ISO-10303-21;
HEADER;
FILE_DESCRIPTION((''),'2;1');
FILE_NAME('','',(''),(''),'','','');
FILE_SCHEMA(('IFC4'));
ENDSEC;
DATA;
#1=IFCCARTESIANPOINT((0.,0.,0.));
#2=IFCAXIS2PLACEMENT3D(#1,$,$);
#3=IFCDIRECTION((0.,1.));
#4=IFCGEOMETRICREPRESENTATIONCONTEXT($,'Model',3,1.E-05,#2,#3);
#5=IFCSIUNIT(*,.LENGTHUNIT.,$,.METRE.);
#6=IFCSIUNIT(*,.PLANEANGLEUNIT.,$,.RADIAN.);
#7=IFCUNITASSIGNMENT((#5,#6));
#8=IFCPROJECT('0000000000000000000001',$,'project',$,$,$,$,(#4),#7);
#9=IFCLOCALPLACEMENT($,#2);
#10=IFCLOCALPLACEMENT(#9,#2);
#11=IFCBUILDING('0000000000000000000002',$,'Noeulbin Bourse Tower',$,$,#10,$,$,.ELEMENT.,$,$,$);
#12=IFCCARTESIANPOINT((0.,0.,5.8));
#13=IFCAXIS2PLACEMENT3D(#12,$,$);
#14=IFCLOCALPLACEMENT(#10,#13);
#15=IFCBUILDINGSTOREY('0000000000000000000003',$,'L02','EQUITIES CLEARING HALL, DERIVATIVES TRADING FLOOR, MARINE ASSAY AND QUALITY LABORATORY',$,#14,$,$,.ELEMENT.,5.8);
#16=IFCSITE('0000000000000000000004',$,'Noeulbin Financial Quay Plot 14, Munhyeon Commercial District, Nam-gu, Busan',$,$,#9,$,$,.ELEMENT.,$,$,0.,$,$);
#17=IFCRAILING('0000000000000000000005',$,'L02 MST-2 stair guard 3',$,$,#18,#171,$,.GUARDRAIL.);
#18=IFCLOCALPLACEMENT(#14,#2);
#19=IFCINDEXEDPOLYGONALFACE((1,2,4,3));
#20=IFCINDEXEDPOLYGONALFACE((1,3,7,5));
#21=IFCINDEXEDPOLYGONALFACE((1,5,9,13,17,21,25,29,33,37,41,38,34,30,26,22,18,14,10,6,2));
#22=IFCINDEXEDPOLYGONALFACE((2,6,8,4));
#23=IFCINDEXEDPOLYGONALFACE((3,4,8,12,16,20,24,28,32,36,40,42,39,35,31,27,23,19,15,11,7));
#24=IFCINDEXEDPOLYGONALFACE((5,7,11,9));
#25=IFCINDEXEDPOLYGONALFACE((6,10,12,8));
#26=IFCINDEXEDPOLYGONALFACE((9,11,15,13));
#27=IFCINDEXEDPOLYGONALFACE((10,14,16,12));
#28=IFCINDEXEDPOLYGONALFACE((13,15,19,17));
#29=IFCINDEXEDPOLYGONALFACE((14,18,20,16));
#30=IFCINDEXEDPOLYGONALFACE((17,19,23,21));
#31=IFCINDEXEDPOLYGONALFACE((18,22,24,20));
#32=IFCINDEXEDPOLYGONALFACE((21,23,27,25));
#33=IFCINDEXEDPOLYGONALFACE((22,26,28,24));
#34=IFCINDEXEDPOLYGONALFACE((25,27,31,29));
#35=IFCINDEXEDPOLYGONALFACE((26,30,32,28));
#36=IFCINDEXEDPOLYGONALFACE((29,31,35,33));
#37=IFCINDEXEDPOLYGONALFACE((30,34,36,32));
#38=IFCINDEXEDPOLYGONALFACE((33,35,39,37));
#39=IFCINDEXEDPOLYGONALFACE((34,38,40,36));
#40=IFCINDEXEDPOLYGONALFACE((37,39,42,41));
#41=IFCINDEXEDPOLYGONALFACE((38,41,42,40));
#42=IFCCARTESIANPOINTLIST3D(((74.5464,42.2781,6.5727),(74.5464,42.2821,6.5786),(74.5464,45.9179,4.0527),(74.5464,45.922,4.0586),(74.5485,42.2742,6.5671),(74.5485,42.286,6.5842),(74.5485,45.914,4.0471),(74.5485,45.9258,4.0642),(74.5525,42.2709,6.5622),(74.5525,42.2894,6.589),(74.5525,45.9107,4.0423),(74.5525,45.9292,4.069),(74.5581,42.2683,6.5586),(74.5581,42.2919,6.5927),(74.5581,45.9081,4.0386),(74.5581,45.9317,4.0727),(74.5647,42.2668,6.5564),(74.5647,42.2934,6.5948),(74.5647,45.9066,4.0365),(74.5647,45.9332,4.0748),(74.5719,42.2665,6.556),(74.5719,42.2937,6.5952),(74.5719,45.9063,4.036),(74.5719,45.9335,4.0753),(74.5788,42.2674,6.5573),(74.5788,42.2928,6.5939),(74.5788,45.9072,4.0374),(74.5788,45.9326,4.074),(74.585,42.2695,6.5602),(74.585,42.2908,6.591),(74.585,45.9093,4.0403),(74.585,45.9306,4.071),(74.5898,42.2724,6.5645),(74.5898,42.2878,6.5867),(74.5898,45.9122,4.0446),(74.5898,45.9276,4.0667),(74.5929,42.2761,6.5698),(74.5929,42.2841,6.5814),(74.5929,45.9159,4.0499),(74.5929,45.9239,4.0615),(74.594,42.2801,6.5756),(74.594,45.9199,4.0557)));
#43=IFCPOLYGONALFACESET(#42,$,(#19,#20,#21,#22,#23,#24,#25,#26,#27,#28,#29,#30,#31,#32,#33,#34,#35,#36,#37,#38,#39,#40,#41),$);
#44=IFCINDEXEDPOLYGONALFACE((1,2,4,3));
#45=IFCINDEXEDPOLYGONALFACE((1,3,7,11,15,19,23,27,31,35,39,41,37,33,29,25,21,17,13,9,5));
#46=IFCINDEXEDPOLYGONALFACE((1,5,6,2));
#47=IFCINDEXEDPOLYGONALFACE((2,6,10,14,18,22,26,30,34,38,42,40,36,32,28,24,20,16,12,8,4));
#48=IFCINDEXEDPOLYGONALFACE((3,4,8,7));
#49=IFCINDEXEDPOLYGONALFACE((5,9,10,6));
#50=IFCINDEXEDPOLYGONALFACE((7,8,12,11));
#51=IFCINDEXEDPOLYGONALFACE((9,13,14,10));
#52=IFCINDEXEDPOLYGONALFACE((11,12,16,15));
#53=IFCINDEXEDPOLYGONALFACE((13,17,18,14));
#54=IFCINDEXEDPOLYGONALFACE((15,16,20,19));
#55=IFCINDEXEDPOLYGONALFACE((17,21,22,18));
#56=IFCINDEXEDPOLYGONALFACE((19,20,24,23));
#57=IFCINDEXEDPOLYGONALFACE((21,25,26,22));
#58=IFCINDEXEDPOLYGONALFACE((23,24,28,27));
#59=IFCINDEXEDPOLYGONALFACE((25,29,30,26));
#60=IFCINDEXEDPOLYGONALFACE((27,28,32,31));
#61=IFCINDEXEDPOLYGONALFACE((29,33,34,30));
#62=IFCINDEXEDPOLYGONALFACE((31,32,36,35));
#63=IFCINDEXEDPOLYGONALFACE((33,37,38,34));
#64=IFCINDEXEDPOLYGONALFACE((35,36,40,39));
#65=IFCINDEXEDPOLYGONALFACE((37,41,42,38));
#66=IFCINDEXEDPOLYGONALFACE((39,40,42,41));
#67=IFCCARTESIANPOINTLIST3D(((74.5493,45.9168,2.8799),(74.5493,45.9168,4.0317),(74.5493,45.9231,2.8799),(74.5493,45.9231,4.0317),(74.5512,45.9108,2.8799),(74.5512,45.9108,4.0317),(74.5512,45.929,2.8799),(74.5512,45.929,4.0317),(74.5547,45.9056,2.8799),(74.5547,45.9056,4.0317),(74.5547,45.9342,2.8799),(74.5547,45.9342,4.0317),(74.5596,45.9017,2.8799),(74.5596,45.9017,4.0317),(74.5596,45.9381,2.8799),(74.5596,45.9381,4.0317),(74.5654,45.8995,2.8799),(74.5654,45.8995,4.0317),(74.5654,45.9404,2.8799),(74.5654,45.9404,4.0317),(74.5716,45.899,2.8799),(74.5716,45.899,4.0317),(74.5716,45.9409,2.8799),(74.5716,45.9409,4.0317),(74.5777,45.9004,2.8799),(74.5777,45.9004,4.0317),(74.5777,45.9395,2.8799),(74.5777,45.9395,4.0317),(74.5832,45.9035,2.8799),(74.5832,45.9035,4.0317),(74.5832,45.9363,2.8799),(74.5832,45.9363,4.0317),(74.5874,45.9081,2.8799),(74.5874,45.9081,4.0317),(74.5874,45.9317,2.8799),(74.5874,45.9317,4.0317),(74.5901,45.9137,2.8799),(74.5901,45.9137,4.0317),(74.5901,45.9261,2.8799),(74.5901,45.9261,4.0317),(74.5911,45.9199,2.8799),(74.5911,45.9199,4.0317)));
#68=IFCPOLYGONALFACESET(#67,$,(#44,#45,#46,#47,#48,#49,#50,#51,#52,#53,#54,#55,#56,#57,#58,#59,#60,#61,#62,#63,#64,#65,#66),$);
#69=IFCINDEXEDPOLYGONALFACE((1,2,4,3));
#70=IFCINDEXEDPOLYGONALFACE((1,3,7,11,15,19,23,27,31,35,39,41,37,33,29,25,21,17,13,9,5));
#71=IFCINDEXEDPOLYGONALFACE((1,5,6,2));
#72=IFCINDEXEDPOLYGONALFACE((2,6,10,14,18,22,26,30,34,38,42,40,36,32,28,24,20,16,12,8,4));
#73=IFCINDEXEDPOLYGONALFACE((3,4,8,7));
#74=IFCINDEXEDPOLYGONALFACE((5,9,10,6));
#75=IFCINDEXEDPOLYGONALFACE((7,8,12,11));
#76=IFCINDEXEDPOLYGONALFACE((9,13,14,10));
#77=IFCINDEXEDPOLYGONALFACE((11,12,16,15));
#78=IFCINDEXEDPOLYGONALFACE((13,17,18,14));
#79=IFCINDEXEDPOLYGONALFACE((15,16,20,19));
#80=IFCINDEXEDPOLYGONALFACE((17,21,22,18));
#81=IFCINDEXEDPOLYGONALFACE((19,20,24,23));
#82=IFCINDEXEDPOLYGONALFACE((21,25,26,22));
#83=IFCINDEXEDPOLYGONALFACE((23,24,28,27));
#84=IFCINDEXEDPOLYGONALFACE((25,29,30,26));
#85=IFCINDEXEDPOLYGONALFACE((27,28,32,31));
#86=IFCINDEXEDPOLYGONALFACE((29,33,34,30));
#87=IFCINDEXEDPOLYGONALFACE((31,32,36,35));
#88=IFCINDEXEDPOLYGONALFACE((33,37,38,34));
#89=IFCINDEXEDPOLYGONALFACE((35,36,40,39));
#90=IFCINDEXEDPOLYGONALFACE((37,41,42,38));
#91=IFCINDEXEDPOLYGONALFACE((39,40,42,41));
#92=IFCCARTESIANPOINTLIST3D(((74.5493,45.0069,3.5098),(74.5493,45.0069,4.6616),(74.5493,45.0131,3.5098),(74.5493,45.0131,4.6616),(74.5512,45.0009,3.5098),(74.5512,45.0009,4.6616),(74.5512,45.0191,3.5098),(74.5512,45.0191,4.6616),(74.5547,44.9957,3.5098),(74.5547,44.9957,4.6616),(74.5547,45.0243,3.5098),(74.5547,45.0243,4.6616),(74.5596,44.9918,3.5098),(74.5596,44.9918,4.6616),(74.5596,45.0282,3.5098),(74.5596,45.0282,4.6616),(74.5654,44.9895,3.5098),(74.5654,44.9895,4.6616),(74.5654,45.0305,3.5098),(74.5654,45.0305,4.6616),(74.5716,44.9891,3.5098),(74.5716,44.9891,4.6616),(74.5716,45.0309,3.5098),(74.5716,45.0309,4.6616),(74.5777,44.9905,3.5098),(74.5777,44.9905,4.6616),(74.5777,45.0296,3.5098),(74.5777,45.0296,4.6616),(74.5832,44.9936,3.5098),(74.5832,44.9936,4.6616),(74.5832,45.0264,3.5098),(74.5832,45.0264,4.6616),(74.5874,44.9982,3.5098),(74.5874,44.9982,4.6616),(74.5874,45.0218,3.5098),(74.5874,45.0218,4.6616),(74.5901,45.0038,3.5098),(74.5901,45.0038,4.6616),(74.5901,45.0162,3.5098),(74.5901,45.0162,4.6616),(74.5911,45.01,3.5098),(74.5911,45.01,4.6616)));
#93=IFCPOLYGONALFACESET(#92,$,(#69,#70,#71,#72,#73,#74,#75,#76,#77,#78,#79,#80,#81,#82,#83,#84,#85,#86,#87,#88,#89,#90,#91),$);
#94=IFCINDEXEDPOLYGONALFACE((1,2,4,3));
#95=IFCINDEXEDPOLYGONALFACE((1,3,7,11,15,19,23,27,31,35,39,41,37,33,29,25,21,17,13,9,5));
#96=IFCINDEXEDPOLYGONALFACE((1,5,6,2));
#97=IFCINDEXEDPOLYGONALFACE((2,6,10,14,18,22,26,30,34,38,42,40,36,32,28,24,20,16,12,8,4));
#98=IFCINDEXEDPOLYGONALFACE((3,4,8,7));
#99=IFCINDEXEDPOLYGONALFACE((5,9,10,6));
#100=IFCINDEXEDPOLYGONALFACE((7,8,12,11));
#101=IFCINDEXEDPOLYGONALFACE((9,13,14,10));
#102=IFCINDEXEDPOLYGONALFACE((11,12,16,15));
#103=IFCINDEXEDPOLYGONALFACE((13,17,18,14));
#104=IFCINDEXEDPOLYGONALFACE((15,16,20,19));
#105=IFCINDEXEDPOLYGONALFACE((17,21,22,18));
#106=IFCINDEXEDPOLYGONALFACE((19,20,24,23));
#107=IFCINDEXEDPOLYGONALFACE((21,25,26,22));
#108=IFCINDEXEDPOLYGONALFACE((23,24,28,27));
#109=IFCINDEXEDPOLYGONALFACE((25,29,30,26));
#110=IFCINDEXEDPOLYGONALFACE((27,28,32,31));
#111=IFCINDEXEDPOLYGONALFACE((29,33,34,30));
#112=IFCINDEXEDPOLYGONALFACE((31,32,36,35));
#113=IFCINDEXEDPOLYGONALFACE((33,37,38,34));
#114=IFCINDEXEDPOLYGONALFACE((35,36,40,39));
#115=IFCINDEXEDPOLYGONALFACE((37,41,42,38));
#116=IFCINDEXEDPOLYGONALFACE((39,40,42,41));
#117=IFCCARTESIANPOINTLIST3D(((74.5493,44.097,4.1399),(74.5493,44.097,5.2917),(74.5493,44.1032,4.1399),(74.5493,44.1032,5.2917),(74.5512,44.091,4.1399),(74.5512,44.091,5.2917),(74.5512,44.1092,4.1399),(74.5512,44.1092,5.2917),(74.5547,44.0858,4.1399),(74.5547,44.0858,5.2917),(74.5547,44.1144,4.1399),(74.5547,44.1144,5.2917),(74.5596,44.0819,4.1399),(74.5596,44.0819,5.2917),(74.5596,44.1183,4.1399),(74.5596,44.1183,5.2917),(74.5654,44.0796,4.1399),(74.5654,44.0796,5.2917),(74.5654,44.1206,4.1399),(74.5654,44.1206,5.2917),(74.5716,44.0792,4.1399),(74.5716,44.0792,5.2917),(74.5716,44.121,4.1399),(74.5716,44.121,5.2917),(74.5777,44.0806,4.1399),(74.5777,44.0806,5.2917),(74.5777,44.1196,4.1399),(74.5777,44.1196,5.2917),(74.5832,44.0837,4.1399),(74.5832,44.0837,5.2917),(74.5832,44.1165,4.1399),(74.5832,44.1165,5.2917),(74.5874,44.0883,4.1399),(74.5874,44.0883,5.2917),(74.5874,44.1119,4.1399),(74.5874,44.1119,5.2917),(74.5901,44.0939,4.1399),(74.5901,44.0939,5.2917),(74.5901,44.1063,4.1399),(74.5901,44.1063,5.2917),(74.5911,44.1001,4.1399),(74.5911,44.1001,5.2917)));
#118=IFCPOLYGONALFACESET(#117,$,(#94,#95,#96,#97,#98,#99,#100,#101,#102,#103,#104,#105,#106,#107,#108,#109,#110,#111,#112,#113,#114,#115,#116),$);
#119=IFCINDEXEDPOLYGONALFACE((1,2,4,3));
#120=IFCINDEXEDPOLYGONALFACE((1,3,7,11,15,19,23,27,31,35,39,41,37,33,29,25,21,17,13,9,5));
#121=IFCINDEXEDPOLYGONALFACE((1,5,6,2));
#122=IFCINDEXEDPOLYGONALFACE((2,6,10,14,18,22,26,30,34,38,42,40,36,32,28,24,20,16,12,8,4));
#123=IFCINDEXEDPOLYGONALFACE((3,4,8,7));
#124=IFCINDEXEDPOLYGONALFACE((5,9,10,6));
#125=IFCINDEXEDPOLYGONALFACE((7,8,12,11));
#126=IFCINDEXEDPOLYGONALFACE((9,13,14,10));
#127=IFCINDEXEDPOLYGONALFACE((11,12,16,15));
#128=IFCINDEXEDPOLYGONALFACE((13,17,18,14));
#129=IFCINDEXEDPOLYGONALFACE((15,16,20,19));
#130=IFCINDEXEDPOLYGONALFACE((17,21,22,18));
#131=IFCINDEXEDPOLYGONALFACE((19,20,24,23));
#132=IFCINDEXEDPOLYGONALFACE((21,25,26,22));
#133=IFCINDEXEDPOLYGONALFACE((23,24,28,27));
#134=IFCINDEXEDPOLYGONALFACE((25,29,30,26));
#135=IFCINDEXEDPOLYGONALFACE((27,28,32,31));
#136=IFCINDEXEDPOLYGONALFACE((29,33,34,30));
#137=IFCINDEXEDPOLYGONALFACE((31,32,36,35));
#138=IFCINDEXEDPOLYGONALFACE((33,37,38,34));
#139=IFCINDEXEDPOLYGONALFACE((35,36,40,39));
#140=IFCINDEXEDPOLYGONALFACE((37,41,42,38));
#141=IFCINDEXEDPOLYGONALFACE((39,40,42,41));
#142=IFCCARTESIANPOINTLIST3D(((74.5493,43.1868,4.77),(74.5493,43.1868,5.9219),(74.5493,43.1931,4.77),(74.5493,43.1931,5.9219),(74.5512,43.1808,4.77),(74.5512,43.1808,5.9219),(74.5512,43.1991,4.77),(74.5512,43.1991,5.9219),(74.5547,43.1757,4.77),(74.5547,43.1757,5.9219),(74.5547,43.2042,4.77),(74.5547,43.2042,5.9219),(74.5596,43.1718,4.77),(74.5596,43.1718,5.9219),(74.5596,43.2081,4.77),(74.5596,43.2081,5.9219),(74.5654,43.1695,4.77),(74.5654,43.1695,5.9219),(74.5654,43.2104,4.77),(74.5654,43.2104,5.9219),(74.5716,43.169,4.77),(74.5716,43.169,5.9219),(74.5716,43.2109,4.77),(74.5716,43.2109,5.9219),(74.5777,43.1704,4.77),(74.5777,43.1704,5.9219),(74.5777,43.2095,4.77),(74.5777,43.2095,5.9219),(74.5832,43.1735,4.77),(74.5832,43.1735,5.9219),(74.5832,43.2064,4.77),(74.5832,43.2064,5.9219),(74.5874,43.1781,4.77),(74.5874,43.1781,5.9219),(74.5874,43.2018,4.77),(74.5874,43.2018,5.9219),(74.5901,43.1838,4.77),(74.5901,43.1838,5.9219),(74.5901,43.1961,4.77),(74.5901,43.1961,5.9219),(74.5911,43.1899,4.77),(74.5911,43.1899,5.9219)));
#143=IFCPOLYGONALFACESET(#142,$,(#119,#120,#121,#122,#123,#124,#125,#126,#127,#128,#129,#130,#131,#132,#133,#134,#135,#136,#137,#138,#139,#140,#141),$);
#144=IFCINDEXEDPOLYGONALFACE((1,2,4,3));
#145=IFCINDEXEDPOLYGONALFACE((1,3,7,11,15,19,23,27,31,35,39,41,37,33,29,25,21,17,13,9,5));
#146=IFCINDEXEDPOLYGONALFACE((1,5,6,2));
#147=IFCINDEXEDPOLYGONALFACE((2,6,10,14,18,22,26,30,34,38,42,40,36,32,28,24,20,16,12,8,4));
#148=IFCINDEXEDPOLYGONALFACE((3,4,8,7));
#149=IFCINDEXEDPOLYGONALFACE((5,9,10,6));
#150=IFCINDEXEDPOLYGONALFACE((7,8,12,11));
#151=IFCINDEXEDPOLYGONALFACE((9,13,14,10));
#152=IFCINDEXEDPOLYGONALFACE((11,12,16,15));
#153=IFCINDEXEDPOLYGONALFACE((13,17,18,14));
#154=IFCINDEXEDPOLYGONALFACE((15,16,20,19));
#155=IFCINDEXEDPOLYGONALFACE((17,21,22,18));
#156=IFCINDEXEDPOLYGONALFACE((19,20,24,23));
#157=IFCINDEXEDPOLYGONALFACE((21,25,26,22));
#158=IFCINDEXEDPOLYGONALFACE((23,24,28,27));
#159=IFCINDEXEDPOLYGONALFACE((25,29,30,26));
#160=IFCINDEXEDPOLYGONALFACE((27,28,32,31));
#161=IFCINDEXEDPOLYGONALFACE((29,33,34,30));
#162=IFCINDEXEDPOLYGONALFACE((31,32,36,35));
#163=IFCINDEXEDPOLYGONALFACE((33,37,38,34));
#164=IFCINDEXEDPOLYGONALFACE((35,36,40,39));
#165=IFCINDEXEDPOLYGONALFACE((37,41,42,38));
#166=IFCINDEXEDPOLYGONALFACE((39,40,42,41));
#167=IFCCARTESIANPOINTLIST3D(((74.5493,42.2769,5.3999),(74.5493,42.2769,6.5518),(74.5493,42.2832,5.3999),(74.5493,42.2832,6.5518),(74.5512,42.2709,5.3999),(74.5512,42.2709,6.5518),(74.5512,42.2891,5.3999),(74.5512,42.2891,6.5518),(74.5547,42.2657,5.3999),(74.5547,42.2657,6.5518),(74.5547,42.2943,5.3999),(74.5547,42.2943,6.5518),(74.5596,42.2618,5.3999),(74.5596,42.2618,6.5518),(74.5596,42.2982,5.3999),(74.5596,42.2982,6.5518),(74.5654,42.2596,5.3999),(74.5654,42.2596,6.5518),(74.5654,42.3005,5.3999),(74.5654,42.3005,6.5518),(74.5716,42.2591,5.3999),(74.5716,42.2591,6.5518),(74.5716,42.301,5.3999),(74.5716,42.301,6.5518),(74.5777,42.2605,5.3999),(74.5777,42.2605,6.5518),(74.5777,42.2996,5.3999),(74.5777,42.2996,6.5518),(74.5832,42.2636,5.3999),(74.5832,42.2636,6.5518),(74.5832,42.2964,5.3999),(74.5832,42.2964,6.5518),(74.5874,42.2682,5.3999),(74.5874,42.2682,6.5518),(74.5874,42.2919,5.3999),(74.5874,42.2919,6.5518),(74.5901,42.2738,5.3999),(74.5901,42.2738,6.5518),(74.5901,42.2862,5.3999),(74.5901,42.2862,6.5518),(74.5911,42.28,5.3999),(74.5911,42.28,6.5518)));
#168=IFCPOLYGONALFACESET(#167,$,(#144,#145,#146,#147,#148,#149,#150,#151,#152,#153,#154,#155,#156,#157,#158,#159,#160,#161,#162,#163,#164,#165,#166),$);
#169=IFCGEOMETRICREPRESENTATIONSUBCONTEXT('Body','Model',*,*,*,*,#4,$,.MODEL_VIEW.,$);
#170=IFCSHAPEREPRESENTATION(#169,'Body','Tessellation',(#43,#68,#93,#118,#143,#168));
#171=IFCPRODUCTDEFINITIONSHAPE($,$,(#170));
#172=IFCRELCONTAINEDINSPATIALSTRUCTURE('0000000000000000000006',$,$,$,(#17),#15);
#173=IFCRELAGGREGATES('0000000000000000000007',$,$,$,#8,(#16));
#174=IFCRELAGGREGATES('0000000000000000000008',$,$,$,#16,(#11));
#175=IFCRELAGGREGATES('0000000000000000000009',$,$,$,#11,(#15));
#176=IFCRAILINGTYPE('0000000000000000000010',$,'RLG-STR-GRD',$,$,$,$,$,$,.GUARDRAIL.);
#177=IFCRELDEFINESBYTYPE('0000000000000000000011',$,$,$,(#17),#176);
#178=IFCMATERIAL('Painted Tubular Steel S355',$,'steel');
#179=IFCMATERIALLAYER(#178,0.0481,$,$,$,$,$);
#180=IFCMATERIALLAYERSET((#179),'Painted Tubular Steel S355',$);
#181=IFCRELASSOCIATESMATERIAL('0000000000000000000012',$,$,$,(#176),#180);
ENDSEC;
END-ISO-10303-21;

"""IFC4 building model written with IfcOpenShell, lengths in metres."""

from ifc_helpers import new_model, si_unit, direction, frame, origin, origin_2d, place, context, subcontext, project, spatial, circle, extrude, material, layer, layer_set, type_object, element, save


model = new_model("IFC4")

# Units and contexts
model_context = context("Model", 3, precision=1e-05, world=origin(), true_north=direction((0.0, 1.0)))
body_context = subcontext(model_context, "Body", "Model", "MODEL_VIEW")
ifc_project = project(units=[si_unit("LENGTHUNIT", "METRE"), si_unit("PLANEANGLEUNIT", "RADIAN")], contexts=[model_context])

# Site, building, storey
site_placement = place(None, origin())
site = spatial("IfcSite", under=ifc_project, at=site_placement, Name="Noeulbin Financial Quay Plot 14, Munhyeon Commercial District, Nam-gu, Busan", CompositionType="ELEMENT", RefElevation=0.0)
building_placement = place(site_placement, origin())
building = spatial("IfcBuilding", under=site, at=building_placement, Name="Noeulbin Bourse Tower", CompositionType="ELEMENT")
storey_placement = place(building_placement, frame((0.0, 0.0, 5.8)))
storey = spatial("IfcBuildingStorey", under=building, at=storey_placement, Name="L02", Description="EQUITIES CLEARING HALL, DERIVATIVES TRADING FLOOR, MARINE ASSAY AND QUALITY LABORATORY", CompositionType="ELEMENT", Elevation=5.8)

# Railing
ifc_material_1 = material(Name="Painted Tubular Steel S355", Category="steel")
ifc_layer_1 = layer(ifc_material_1, 0.0481)
ifc_layer_set_1 = layer_set([ifc_layer_1], Name="Painted Tubular Steel S355")
railing_type_1 = type_object("IfcRailingType", Name="RLG-STR-GRD", PredefinedType="GUARDRAIL", material=ifc_layer_set_1)
railing_1_placement = place(storey_placement, frame((74.5701, 45.9199, 2.8799)))
element("IfcRailing", 1, at=railing_1_placement, inside=storey, type_object=railing_type_1, Name="L02 MST-2 stair guard 3", PredefinedType="GUARDRAIL", context=body_context, shape_type="SweptSolid", body=[
    extrude(circle(Radius=0.0239, at=origin_2d()), frame((0.0, 0.0, 1.1758), z_axis=(0.0, -0.822182, 0.569224), x_axis=(1.0, 0.0, 0.0)), (0.0, 0.0, 1.0), 4.427),
    extrude(circle(Radius=0.021, at=origin_2d()), origin(), (0.0, 0.0, 1.0), 1.1519),
    extrude(circle(Radius=0.021, at=origin_2d()), frame((0.0, -0.9099, 0.6299)), (0.0, 0.0, 1.0), 1.1519),
    extrude(circle(Radius=0.021, at=origin_2d()), frame((0.0, -1.8198, 1.26)), (0.0, 0.0, 1.0), 1.1519),
    extrude(circle(Radius=0.021, at=origin_2d()), frame((0.0, -2.73, 1.8901)), (0.0, 0.0, 1.0), 1.1519),
    extrude(circle(Radius=0.021, at=origin_2d()), frame((0.0, -3.6399, 2.52)), (0.0, 0.0, 1.0), 1.1519),
])

save(model, "model.ifc")
